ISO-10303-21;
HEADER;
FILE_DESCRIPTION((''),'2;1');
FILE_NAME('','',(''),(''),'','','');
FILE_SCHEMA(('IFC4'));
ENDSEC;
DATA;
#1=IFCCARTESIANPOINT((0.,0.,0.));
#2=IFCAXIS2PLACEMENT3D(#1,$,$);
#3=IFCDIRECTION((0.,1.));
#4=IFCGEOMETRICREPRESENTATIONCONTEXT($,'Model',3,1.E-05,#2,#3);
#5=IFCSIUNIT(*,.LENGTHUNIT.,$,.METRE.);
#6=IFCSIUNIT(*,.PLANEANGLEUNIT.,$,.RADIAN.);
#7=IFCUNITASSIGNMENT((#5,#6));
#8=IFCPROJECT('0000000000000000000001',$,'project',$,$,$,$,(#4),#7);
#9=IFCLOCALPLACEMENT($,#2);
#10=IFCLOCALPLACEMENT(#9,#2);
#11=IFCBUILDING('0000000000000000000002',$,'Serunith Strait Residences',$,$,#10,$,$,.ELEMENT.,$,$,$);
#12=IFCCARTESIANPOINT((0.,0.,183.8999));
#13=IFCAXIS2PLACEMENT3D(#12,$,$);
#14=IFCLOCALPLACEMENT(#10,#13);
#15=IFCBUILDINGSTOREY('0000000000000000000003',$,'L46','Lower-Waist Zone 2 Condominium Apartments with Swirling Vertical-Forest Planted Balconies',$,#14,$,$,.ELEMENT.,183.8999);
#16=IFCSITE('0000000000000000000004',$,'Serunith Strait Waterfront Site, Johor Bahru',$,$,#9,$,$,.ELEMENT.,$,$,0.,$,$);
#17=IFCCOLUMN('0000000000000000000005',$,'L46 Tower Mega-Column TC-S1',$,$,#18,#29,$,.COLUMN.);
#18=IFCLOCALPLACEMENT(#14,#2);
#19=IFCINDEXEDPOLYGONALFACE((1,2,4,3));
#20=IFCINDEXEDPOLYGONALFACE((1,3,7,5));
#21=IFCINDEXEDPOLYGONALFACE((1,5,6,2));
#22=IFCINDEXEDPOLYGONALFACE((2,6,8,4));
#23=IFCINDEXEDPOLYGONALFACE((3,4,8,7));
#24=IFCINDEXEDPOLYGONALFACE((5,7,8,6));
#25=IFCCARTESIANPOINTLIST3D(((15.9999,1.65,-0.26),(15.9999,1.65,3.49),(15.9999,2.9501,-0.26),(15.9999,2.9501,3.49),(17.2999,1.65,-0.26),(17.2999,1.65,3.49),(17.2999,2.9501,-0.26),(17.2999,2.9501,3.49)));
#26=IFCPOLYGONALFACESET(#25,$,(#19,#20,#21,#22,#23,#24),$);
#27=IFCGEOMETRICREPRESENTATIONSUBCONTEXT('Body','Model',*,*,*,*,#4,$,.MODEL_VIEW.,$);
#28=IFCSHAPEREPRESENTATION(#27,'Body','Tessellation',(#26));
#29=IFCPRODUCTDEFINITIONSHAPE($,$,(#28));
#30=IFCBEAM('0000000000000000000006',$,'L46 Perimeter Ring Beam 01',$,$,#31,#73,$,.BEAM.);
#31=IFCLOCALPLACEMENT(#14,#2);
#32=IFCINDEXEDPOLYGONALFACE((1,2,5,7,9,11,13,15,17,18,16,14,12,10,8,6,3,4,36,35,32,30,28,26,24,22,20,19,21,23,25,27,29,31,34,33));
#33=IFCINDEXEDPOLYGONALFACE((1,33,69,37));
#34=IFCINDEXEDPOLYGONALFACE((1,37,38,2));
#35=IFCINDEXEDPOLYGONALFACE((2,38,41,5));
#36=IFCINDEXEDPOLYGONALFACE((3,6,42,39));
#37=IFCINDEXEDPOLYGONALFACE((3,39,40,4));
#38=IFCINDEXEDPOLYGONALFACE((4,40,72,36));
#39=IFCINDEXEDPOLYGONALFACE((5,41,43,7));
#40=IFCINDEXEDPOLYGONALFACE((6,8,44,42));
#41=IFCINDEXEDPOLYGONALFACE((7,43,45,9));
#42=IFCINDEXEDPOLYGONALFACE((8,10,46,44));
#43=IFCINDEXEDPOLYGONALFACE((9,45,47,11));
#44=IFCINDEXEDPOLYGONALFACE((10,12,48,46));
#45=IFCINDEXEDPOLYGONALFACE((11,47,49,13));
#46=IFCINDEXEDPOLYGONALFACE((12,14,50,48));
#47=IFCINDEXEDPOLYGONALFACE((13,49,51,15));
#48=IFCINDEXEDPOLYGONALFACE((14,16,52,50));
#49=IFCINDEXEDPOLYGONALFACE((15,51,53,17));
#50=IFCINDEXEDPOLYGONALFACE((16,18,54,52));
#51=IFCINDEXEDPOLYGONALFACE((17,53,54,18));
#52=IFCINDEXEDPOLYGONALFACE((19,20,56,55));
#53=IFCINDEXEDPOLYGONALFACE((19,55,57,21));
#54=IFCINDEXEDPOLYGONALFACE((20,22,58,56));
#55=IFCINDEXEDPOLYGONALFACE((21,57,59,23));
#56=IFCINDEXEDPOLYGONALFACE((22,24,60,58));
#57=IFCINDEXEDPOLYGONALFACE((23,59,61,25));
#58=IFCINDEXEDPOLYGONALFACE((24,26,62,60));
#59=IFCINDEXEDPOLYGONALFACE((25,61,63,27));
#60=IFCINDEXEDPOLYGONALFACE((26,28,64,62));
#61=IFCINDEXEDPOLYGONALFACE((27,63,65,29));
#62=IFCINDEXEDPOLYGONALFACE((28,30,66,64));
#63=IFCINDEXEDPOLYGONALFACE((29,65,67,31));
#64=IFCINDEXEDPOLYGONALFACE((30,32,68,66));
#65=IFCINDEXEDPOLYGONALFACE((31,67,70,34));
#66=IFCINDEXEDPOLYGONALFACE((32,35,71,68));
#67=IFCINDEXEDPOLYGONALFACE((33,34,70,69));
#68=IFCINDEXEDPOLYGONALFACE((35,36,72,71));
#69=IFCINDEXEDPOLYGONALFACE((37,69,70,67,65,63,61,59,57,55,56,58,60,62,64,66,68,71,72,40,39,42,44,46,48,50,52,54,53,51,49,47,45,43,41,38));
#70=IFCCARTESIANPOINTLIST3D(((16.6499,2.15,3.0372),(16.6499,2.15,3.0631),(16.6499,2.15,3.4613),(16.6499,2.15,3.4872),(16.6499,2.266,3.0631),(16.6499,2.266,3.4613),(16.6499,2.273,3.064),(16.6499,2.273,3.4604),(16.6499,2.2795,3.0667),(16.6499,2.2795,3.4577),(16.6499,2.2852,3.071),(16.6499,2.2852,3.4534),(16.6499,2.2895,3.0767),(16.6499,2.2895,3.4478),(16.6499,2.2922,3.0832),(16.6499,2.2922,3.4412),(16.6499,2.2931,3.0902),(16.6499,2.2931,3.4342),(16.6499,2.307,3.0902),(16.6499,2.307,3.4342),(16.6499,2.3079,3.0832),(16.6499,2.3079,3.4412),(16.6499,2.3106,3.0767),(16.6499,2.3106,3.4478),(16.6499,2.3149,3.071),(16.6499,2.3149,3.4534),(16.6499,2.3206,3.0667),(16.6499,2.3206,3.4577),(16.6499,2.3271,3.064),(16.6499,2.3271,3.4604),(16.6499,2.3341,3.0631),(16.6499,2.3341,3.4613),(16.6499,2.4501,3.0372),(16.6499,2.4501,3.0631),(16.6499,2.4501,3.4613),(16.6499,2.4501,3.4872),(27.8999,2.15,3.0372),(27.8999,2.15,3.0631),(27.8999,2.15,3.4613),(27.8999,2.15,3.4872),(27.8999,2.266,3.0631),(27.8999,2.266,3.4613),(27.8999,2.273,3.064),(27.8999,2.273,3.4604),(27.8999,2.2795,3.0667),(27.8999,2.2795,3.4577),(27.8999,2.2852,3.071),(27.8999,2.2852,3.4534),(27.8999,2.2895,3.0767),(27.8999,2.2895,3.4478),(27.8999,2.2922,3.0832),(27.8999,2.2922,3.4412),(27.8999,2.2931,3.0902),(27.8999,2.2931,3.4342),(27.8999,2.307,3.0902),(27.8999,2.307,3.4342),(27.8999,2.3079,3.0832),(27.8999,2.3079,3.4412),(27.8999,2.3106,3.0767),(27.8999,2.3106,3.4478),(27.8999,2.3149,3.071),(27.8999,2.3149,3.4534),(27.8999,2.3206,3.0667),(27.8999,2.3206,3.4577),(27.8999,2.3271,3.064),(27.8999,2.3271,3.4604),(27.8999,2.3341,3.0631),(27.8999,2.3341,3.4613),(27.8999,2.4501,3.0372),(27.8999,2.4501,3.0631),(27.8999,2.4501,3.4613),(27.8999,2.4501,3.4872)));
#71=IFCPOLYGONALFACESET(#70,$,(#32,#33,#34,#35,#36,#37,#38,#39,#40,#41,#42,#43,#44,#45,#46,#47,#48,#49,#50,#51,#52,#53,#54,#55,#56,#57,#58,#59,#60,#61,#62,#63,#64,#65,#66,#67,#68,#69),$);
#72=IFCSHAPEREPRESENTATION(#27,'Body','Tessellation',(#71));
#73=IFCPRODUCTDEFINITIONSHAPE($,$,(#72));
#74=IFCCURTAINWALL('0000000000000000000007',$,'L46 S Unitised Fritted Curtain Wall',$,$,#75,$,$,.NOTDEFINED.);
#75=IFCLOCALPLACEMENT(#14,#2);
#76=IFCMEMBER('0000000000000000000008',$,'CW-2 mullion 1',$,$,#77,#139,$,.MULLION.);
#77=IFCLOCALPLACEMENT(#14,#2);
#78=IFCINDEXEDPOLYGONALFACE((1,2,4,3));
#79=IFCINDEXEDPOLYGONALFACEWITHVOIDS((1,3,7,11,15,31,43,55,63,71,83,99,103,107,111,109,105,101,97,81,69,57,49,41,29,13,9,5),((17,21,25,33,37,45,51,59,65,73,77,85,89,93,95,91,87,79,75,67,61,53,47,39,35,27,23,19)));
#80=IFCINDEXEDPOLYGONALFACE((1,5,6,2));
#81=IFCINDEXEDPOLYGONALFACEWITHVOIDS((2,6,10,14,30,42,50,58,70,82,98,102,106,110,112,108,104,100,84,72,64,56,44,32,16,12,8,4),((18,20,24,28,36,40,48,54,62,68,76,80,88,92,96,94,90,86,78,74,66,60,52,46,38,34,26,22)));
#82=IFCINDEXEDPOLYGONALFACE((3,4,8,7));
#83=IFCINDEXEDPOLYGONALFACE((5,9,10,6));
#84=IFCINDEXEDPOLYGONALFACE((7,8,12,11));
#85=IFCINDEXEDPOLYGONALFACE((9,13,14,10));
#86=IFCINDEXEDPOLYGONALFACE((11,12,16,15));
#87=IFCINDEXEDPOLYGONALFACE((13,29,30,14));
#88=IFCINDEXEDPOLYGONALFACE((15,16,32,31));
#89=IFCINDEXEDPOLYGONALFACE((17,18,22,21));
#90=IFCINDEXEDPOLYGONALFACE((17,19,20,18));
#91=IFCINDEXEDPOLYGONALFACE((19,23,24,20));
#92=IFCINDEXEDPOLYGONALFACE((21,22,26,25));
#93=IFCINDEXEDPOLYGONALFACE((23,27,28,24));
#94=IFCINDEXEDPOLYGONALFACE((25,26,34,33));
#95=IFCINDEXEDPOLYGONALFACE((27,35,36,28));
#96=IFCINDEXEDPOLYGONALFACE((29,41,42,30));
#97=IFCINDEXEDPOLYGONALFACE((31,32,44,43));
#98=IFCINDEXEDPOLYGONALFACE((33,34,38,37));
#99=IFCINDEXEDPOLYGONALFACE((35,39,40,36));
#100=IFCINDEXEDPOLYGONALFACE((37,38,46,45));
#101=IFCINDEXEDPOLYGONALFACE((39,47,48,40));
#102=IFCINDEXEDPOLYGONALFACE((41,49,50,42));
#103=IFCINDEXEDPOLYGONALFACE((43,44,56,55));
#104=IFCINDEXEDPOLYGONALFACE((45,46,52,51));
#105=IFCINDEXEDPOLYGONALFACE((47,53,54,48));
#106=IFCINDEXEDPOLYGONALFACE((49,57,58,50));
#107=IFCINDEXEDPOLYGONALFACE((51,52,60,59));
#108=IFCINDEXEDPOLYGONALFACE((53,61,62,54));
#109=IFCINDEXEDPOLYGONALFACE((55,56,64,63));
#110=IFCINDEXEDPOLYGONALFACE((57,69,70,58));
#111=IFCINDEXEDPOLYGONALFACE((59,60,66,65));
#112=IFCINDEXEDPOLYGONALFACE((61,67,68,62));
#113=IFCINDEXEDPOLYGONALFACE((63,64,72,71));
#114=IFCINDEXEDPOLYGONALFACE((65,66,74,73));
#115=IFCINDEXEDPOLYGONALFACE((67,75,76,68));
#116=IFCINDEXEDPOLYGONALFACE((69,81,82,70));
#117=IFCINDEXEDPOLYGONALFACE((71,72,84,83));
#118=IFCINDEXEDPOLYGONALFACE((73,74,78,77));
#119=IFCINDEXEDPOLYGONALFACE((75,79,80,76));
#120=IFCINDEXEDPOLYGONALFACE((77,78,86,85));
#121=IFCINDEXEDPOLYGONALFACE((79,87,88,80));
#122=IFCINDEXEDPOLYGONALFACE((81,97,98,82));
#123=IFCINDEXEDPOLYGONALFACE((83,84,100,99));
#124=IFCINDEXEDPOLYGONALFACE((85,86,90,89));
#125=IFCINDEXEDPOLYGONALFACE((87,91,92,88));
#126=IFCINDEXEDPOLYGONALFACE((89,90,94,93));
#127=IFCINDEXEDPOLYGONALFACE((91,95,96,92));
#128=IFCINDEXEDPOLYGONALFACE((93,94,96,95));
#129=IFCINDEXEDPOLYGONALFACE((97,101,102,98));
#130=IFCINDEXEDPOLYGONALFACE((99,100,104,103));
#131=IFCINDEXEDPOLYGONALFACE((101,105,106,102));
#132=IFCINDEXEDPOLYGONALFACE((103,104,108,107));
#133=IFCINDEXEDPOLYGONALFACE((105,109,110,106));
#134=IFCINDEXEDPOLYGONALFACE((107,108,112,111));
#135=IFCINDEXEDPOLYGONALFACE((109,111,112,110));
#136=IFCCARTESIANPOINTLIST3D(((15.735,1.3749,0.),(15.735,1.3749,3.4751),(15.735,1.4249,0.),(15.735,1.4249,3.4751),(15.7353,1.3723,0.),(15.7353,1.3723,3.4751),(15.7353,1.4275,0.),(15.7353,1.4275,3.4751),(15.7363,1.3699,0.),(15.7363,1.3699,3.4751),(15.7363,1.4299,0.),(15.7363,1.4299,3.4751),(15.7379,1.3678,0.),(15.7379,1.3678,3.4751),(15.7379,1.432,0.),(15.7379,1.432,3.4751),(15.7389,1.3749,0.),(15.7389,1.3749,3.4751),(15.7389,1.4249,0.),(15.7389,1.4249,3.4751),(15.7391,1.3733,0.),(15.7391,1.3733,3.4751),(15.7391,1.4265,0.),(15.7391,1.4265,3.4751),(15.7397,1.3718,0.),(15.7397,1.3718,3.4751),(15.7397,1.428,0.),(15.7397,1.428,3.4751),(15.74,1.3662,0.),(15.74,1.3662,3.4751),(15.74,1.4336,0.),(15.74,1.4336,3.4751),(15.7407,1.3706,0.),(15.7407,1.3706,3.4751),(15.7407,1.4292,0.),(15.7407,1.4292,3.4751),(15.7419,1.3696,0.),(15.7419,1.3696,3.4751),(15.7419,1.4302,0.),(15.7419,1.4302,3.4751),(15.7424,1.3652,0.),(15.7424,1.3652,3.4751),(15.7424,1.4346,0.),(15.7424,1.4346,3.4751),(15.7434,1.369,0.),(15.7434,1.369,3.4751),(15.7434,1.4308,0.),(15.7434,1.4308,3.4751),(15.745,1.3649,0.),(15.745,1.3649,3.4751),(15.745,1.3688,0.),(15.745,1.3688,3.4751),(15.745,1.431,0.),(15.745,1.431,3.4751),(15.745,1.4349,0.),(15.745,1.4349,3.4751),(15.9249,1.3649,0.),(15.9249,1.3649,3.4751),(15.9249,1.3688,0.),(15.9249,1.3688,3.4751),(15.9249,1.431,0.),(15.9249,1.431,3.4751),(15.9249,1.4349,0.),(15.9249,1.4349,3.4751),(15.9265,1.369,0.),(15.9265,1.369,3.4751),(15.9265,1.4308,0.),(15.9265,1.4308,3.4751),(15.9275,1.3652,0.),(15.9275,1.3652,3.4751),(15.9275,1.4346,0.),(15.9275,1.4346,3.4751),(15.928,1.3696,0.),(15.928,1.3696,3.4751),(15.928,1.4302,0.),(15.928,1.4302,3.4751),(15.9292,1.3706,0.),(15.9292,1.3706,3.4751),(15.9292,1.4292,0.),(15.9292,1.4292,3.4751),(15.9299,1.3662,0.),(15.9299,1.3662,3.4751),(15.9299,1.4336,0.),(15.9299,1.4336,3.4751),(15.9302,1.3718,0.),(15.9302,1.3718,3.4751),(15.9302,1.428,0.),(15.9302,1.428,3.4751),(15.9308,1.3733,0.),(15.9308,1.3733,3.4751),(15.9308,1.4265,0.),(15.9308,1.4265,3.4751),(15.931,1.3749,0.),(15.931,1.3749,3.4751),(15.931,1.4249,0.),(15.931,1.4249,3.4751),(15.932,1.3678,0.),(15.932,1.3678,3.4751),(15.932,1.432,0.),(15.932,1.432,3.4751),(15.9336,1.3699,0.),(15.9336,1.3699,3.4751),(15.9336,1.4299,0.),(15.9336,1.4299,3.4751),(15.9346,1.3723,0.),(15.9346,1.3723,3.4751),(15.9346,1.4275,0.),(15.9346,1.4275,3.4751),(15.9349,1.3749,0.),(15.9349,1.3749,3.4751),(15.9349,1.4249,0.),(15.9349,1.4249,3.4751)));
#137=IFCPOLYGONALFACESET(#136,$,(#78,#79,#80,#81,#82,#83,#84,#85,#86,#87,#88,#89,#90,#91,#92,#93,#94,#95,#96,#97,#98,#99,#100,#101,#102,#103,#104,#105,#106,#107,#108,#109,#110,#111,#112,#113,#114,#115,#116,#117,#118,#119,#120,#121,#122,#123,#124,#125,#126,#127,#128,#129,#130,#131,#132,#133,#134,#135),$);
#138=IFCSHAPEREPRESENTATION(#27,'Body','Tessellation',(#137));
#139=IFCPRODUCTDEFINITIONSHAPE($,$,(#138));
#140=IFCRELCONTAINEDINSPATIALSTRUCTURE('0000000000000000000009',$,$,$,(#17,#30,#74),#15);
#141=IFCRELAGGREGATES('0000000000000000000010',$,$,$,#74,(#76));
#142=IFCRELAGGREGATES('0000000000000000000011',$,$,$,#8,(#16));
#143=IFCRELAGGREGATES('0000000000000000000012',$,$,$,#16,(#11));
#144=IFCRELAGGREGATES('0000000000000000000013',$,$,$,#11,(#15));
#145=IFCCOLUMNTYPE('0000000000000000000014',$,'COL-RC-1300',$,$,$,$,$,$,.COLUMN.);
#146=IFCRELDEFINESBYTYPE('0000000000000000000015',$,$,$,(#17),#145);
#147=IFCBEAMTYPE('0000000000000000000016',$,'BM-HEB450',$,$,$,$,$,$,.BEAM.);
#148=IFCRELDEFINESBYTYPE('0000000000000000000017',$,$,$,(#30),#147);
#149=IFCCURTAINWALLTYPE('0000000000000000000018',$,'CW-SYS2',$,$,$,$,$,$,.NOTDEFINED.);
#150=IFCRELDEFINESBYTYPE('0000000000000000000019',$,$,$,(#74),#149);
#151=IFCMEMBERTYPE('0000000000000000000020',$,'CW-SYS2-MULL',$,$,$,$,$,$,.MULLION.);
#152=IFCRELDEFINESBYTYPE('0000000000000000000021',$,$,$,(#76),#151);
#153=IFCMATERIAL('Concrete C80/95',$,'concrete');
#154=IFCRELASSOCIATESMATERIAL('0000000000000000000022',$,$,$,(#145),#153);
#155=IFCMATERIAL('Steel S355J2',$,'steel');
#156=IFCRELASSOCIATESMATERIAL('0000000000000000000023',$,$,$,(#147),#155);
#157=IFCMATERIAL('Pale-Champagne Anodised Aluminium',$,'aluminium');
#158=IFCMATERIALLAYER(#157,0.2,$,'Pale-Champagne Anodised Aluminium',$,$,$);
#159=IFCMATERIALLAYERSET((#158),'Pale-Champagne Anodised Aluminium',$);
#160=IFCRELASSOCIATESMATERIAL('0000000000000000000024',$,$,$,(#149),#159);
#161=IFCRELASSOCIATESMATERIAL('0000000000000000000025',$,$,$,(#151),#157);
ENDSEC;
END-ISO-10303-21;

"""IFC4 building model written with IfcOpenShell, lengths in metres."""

from ifc_helpers import new_model, si_unit, direction, frame, origin, origin_2d, place, context, subcontext, project, spatial, rectangle, hollow_rectangle, i_section, extrude, source, transform, mapped, material, layer, layer_set, material_profile, profile_set, type_object, element, aggregate, save


model = new_model("IFC4")

# Units and contexts
model_context = context("Model", 3, precision=1e-05, world=origin(), true_north=direction((0.0, 1.0)))
body_context = subcontext(model_context, "Body", "Model", "MODEL_VIEW")
ifc_project = project(units=[si_unit("LENGTHUNIT", "METRE"), si_unit("PLANEANGLEUNIT", "RADIAN")], contexts=[model_context])

# Site, building, storey
site_placement = place(None, origin())
site = spatial("IfcSite", under=ifc_project, at=site_placement, Name="Serunith Strait Waterfront Site, Johor Bahru", CompositionType="ELEMENT", RefElevation=0.0)
building_placement = place(site_placement, origin())
building = spatial("IfcBuilding", under=site, at=building_placement, Name="Serunith Strait Residences", CompositionType="ELEMENT")
storey_placement = place(building_placement, frame((0.0, 0.0, 183.8999)))
storey = spatial("IfcBuildingStorey", under=building, at=storey_placement, Name="L46", Description="Lower-Waist Zone 2 Condominium Apartments with Swirling Vertical-Forest Planted Balconies", CompositionType="ELEMENT", Elevation=183.8999)

# Column
ifc_material_1 = material(Name="Concrete C80/95", Category="concrete")
ifc_material_profile_1 = material_profile(ifc_material_1, rectangle(XDim=1.3, YDim=1.3, at=origin_2d()), Name="RC 1300x1300")
ifc_profile_set_1 = profile_set([ifc_material_profile_1], Name="Concrete C80/95")
column_type = type_object("IfcColumnType", Name="COL-RC-1300", PredefinedType="COLUMN", material=ifc_profile_set_1)
shared_shape_1 = source(origin(), body_context, "Body", "SweptSolid", [
    extrude(rectangle(XDim=1.3, YDim=1.3, at=origin_2d()), origin(), (0.0, 0.0, 1.0), 3.75),
])
column_placement = place(storey_placement, frame((16.6499, 2.3, -0.26), z_axis=(0.0, 0.0, 1.0), x_axis=(1.0, 0.0, 0.0)))
element("IfcColumn", 1, at=column_placement, inside=storey, type_object=column_type, Name="L46 Tower Mega-Column TC-S1", PredefinedType="COLUMN", context=body_context, shape_type="MappedRepresentation", body=[
    mapped(shared_shape_1, transform((0.0, 0.0, 0.0), scale=1.0)),
])

# Beam
ifc_material_2 = material(Name="Steel S355J2", Category="steel")
ifc_material_profile_2 = material_profile(ifc_material_2, i_section(OverallWidth=0.3, OverallDepth=0.45, WebThickness=0.0139, FlangeThickness=0.0259, FilletRadius=0.0271, at=origin_2d()), Name="HEB 450")
ifc_profile_set_2 = profile_set([ifc_material_profile_2], Name="Steel S355J2")
beam_type = type_object("IfcBeamType", Name="BM-HEB450", PredefinedType="BEAM", material=ifc_profile_set_2)
shared_shape_2 = source(origin(), body_context, "Body", "SweptSolid", [
    extrude(i_section(OverallWidth=0.3, OverallDepth=0.45, WebThickness=0.0139, FlangeThickness=0.0259, FilletRadius=0.0271, at=origin_2d()), origin(), (0.0, 0.0, 1.0), 11.25),
])
beam_placement = place(storey_placement, frame((16.6499, 2.3, 3.2622), z_axis=(1.0, 0.0, 0.0), x_axis=(0.0, 1.0, 0.0)))
element("IfcBeam", 2, at=beam_placement, inside=storey, type_object=beam_type, Name="L46 Perimeter Ring Beam 01", PredefinedType="BEAM", context=body_context, shape_type="MappedRepresentation", body=[
    mapped(shared_shape_2, transform((0.0, 0.0, 0.0), scale=1.0)),
])

# Curtain wall, member
ifc_material_3 = material(Name="Pale-Champagne Anodised Aluminium", Category="aluminium")
ifc_layer_1 = layer(ifc_material_3, 0.2, Name="Pale-Champagne Anodised Aluminium")
ifc_layer_set_1 = layer_set([ifc_layer_1], Name="Pale-Champagne Anodised Aluminium")
curtain_wall_type = type_object("IfcCurtainWallType", Name="CW-SYS2", PredefinedType="NOTDEFINED", material=ifc_layer_set_1)
curtain_wall_1_placement = place(storey_placement, origin())
curtain_wall_1 = element("IfcCurtainWall", 3, at=curtain_wall_1_placement, inside=storey, type_object=curtain_wall_type, Name="L46 S Unitised Fritted Curtain Wall", PredefinedType="NOTDEFINED")
ifc_material_profile_3 = material_profile(ifc_material_3, hollow_rectangle(XDim=0.0701, YDim=0.2, WallThickness=0.0039, InnerFilletRadius=0.0061, OuterFilletRadius=0.01, at=origin_2d()), Name="ALU 200x70x4")
ifc_profile_set_3 = profile_set([ifc_material_profile_3], Name="Pale-Champagne Anodised Aluminium")
member_type_1 = type_object("IfcMemberType", Name="CW-SYS2-MULL", PredefinedType="MULLION", material=ifc_profile_set_3)
shared_shape_3 = source(origin(), body_context, "Body", "SweptSolid", [
    extrude(hollow_rectangle(XDim=0.0701, YDim=0.2, WallThickness=0.0039, InnerFilletRadius=0.0061, OuterFilletRadius=0.01, at=origin_2d()), origin(), (0.0, 0.0, 1.0), 3.4751),
])
member_1_placement = place(storey_placement, frame((15.835, 1.3999, 0.0), z_axis=(0.0, 0.0, 1.0), x_axis=(0.0, 1.0, 0.0)))
member_1 = element("IfcMember", 4, at=member_1_placement, type_object=member_type_1, Name="CW-2 mullion 1", PredefinedType="MULLION", context=body_context, shape_type="MappedRepresentation", body=[
    mapped(shared_shape_3, transform((0.0, 0.0, 0.0), scale=1.0)),
])

aggregate(curtain_wall_1, [member_1])

save(model, "model.ifc")
